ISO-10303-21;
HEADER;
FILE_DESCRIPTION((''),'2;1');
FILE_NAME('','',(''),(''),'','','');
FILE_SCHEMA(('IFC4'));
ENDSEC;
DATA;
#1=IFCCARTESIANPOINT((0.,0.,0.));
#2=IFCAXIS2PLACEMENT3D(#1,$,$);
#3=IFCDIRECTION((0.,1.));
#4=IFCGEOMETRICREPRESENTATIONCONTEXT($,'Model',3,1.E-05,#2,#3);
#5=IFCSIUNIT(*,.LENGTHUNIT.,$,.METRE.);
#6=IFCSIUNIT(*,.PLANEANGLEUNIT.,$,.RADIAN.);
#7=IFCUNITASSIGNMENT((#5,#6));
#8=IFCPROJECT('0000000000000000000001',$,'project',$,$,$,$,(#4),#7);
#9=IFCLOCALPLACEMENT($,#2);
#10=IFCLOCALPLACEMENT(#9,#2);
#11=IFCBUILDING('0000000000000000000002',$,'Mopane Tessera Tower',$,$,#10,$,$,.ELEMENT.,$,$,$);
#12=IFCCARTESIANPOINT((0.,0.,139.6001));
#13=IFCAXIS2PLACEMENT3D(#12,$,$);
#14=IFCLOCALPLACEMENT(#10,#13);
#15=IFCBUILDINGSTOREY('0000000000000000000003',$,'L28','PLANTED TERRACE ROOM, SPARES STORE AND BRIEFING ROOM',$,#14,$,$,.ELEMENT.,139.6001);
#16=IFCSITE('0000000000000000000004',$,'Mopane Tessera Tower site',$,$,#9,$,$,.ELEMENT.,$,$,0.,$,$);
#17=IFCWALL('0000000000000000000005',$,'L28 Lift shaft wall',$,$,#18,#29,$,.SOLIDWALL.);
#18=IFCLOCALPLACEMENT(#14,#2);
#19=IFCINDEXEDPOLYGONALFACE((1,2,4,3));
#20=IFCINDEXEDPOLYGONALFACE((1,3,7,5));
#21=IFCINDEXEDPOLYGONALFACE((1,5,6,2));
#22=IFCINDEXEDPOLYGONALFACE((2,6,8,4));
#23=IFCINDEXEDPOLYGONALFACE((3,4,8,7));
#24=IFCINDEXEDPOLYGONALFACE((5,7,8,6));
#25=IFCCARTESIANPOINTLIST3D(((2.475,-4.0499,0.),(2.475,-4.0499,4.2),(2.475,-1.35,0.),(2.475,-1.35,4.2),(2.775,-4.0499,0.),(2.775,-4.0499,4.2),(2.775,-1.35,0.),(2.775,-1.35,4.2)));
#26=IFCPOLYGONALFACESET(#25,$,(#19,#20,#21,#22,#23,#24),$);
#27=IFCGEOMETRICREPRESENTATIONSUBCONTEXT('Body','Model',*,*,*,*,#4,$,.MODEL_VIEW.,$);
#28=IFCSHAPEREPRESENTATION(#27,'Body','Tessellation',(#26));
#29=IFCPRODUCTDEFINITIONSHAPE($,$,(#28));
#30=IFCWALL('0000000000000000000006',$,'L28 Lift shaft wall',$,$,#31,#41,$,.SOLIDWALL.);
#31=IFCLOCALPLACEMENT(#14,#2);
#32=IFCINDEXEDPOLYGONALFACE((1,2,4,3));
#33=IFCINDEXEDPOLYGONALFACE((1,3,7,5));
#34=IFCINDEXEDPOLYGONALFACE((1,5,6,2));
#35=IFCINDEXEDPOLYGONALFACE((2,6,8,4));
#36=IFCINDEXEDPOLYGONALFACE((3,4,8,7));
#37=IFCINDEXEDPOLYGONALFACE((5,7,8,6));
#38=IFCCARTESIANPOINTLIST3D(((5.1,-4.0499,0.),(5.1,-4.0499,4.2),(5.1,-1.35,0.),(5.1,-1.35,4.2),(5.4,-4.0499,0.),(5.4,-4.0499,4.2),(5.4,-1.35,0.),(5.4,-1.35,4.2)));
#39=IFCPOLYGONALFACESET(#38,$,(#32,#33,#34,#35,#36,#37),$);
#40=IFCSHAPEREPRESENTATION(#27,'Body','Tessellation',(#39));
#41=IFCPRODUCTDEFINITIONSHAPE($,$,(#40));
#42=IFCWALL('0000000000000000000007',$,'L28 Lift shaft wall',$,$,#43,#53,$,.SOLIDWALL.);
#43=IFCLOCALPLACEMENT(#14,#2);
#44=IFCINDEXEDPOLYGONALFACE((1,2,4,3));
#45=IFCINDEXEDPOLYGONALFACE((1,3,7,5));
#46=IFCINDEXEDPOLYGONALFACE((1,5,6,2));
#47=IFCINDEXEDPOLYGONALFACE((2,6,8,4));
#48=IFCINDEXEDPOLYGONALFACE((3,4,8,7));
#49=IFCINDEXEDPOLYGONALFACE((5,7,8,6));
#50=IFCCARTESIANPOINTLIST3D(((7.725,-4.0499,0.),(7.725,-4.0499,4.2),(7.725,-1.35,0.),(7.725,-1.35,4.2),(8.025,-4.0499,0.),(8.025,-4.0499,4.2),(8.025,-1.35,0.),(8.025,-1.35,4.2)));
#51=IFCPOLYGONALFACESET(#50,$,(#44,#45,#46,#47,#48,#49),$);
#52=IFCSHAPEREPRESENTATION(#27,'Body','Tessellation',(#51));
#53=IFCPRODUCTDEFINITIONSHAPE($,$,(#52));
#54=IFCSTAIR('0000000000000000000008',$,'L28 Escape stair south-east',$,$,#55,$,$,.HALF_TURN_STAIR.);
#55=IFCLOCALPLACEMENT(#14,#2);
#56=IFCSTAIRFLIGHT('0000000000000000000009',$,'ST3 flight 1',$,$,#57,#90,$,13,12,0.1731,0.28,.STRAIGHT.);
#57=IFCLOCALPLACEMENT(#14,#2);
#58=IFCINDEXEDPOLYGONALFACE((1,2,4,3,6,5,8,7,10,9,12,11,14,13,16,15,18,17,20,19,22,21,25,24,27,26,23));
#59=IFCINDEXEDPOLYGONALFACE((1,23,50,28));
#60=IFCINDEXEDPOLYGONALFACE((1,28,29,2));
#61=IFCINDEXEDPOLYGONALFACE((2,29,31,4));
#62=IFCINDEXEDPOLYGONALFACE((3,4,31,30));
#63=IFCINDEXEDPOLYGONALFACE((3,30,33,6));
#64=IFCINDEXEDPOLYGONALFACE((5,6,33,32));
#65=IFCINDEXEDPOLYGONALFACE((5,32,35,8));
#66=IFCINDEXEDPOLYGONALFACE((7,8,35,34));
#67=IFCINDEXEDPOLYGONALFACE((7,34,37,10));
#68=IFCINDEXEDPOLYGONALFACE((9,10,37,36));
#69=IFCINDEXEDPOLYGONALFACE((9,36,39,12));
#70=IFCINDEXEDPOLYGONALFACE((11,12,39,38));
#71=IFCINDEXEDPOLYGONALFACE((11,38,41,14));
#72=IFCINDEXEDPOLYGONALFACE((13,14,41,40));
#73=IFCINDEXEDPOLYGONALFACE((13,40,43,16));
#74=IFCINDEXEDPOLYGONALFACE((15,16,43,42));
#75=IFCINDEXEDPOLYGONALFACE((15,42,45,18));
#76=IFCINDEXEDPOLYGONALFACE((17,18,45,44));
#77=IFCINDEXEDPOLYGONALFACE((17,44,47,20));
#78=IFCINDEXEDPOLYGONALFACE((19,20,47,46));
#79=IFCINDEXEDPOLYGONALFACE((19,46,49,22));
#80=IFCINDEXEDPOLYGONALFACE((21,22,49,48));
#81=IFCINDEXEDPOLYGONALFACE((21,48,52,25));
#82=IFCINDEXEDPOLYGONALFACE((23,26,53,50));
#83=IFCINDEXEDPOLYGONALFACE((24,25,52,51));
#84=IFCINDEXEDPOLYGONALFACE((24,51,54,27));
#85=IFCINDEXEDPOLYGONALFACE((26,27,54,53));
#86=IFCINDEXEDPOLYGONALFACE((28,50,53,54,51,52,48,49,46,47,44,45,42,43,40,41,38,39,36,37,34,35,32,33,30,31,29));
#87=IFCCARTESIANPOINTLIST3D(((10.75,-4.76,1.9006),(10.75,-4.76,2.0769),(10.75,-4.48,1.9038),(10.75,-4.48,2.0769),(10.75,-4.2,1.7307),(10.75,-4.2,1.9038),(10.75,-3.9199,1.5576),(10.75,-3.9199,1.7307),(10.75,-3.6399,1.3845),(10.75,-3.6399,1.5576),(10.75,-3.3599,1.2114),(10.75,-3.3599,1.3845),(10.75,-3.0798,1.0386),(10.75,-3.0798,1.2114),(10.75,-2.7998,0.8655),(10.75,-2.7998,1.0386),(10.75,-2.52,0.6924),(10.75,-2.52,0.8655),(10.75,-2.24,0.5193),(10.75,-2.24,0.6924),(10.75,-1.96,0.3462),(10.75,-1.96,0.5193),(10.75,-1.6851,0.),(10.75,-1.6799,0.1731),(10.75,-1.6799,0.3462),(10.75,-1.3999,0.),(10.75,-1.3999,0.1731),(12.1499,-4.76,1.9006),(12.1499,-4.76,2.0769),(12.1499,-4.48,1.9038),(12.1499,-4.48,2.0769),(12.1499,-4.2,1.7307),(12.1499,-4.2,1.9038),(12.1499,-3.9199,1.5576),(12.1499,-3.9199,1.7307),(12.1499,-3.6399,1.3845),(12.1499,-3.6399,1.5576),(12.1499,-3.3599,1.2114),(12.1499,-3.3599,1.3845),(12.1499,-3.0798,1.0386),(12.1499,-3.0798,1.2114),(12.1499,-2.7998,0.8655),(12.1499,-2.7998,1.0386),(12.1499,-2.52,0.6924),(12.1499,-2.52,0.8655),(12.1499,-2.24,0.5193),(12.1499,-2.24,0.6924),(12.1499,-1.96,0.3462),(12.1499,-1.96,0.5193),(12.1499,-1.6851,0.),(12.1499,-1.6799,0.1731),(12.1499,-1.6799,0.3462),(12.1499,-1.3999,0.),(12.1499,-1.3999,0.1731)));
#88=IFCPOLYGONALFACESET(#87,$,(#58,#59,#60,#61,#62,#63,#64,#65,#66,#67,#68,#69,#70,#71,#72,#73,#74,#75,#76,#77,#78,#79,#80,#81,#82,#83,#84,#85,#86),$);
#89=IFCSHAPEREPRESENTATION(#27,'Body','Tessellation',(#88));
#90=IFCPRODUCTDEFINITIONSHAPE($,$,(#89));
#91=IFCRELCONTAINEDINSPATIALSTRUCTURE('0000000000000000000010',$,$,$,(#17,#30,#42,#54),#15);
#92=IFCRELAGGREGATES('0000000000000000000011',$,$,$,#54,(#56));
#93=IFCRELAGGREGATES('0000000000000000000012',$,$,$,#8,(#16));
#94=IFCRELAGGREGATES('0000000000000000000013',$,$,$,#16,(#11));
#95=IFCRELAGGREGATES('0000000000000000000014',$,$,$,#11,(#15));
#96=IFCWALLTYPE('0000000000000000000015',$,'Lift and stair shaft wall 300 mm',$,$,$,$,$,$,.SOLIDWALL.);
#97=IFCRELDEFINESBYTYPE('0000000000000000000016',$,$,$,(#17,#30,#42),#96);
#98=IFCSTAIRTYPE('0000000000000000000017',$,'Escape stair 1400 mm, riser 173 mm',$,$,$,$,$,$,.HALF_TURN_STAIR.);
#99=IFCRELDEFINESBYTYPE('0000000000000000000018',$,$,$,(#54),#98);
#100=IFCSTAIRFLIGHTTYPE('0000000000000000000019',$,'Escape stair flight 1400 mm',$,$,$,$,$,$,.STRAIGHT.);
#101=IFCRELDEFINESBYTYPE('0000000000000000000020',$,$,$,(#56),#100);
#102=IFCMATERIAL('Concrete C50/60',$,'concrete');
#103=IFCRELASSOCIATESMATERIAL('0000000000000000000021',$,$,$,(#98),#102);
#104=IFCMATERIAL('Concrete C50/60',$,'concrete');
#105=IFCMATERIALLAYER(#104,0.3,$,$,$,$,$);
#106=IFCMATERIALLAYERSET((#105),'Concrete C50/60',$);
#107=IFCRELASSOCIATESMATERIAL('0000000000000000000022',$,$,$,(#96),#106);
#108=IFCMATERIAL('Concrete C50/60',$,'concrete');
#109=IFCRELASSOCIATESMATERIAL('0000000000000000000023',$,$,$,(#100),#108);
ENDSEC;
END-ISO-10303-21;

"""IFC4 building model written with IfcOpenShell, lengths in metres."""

from ifc_helpers import new_model, si_unit, direction, frame, frame_2d, origin, place, context, subcontext, project, spatial, polyline, rectangle, outline, extrude, material, layer, layer_set, type_object, element, aggregate, save


model = new_model("IFC4")

# Units and contexts
model_context = context("Model", 3, precision=1e-05, world=origin(), true_north=direction((0.0, 1.0)))
body_context = subcontext(model_context, "Body", "Model", "MODEL_VIEW")
ifc_project = project(units=[si_unit("LENGTHUNIT", "METRE"), si_unit("PLANEANGLEUNIT", "RADIAN")], contexts=[model_context])

# Site, building, storey
site_placement = place(None, origin())
site = spatial("IfcSite", under=ifc_project, at=site_placement, Name="Mopane Tessera Tower site", CompositionType="ELEMENT", RefElevation=0.0)
building_placement = place(site_placement, origin())
building = spatial("IfcBuilding", under=site, at=building_placement, Name="Mopane Tessera Tower", CompositionType="ELEMENT")
storey_placement = place(building_placement, frame((0.0, 0.0, 139.6001)))
storey = spatial("IfcBuildingStorey", under=building, at=storey_placement, Name="L28", Description="PLANTED TERRACE ROOM, SPARES STORE AND BRIEFING ROOM", CompositionType="ELEMENT", Elevation=139.6001)

# Shared definitions
ifc_material_1 = material(Name="Concrete C50/60", Category="concrete")
stair_type = type_object("IfcStairType", Name="Escape stair 1400 mm, riser 173 mm", PredefinedType="HALF_TURN_STAIR", material=ifc_material_1)

# Shared definitions
ifc_material_2 = material(Name="Concrete C50/60", Category="concrete")
ifc_layer_1 = layer(ifc_material_2, 0.3)
ifc_layer_set_1 = layer_set([ifc_layer_1], Name="Concrete C50/60")
wall_type = type_object("IfcWallType", Name="Lift and stair shaft wall 300 mm", PredefinedType="SOLIDWALL", material=ifc_layer_set_1)

# Walls
for number, where, z_axis, x_axis, name in (
    (1, (2.625, -4.05, 0.0), (0.0, 0.0, 1.0), (0.0, 1.0, 0.0), "L28 Lift shaft wall"),
    (2, (5.25, -4.05, 0.0), (0.0, 0.0, 1.0), (0.0, 1.0, 0.0), "L28 Lift shaft wall"),
    (3, (7.875, -4.05, 0.0), (0.0, 0.0, 1.0), (0.0, 1.0, 0.0), "L28 Lift shaft wall"),
):
    element("IfcWall", number, at=place(storey_placement, frame(where, z_axis=z_axis, x_axis=x_axis)), inside=storey, type_object=wall_type, Name=name, PredefinedType="SOLIDWALL", context=body_context, shape_type="SweptSolid", body=[
        extrude(rectangle(XDim=2.7, YDim=0.3, at=frame_2d((1.3501, 0.0))), origin(), (0.0, 0.0, 1.0), 4.2),
    ])

# Stair, stair flight
stair_1_placement = place(storey_placement, origin())
stair_1 = element("IfcStair", 4, at=stair_1_placement, inside=storey, type_object=stair_type, Name="L28 Escape stair south-east", PredefinedType="HALF_TURN_STAIR")
ifc_material_3 = material(Name="Concrete C50/60", Category="concrete")
stair_flight_type = type_object("IfcStairFlightType", Name="Escape stair flight 1400 mm", PredefinedType="STRAIGHT", material=ifc_material_3)
stair_flight_placement = place(storey_placement, frame((11.45, -1.3999, 0.0), z_axis=(0.0, 0.0, 1.0), x_axis=(0.0, -1.0, 0.0)))
stair_flight = element("IfcStairFlight", 5, at=stair_flight_placement, type_object=stair_flight_type, Name="ST3 flight 1", NumberOfRisers=13, NumberOfTreads=12, PredefinedType="STRAIGHT", RiserHeight=0.1731, TreadLength=0.28, context=body_context, shape_type="SweptSolid", body=[
    extrude(outline(polyline([(0.0, 0.0), (0.0, 0.1731), (0.28, 0.1731), (0.28, 0.3462), (0.5601, 0.3462), (0.5601, 0.5193), (0.8401, 0.5193), (0.8401, 0.6924), (1.1201, 0.6924), (1.1201, 0.8655), (1.3999, 0.8655), (1.3999, 1.0386), (1.6799, 1.0386), (1.6799, 1.2114), (1.96, 1.2114), (1.96, 1.3845), (2.24, 1.3845), (2.24, 1.5576), (2.52, 1.5576), (2.52, 1.7307), (2.8, 1.7307), (2.8, 1.9038), (3.0801, 1.9038), (3.0801, 2.0769), (3.3601, 2.0769), (3.3601, 2.25), (3.3601, 1.9006), (0.2852, 0.0), (0.0, 0.0)])), frame((0.0, 0.7, 0.0), z_axis=(0.0, -1.0, 0.0), x_axis=(1.0, 0.0, 0.0)), (0.0, 0.0, 1.0), 1.3999),
])
aggregate(stair_1, [stair_flight])

save(model, "model.ifc")
